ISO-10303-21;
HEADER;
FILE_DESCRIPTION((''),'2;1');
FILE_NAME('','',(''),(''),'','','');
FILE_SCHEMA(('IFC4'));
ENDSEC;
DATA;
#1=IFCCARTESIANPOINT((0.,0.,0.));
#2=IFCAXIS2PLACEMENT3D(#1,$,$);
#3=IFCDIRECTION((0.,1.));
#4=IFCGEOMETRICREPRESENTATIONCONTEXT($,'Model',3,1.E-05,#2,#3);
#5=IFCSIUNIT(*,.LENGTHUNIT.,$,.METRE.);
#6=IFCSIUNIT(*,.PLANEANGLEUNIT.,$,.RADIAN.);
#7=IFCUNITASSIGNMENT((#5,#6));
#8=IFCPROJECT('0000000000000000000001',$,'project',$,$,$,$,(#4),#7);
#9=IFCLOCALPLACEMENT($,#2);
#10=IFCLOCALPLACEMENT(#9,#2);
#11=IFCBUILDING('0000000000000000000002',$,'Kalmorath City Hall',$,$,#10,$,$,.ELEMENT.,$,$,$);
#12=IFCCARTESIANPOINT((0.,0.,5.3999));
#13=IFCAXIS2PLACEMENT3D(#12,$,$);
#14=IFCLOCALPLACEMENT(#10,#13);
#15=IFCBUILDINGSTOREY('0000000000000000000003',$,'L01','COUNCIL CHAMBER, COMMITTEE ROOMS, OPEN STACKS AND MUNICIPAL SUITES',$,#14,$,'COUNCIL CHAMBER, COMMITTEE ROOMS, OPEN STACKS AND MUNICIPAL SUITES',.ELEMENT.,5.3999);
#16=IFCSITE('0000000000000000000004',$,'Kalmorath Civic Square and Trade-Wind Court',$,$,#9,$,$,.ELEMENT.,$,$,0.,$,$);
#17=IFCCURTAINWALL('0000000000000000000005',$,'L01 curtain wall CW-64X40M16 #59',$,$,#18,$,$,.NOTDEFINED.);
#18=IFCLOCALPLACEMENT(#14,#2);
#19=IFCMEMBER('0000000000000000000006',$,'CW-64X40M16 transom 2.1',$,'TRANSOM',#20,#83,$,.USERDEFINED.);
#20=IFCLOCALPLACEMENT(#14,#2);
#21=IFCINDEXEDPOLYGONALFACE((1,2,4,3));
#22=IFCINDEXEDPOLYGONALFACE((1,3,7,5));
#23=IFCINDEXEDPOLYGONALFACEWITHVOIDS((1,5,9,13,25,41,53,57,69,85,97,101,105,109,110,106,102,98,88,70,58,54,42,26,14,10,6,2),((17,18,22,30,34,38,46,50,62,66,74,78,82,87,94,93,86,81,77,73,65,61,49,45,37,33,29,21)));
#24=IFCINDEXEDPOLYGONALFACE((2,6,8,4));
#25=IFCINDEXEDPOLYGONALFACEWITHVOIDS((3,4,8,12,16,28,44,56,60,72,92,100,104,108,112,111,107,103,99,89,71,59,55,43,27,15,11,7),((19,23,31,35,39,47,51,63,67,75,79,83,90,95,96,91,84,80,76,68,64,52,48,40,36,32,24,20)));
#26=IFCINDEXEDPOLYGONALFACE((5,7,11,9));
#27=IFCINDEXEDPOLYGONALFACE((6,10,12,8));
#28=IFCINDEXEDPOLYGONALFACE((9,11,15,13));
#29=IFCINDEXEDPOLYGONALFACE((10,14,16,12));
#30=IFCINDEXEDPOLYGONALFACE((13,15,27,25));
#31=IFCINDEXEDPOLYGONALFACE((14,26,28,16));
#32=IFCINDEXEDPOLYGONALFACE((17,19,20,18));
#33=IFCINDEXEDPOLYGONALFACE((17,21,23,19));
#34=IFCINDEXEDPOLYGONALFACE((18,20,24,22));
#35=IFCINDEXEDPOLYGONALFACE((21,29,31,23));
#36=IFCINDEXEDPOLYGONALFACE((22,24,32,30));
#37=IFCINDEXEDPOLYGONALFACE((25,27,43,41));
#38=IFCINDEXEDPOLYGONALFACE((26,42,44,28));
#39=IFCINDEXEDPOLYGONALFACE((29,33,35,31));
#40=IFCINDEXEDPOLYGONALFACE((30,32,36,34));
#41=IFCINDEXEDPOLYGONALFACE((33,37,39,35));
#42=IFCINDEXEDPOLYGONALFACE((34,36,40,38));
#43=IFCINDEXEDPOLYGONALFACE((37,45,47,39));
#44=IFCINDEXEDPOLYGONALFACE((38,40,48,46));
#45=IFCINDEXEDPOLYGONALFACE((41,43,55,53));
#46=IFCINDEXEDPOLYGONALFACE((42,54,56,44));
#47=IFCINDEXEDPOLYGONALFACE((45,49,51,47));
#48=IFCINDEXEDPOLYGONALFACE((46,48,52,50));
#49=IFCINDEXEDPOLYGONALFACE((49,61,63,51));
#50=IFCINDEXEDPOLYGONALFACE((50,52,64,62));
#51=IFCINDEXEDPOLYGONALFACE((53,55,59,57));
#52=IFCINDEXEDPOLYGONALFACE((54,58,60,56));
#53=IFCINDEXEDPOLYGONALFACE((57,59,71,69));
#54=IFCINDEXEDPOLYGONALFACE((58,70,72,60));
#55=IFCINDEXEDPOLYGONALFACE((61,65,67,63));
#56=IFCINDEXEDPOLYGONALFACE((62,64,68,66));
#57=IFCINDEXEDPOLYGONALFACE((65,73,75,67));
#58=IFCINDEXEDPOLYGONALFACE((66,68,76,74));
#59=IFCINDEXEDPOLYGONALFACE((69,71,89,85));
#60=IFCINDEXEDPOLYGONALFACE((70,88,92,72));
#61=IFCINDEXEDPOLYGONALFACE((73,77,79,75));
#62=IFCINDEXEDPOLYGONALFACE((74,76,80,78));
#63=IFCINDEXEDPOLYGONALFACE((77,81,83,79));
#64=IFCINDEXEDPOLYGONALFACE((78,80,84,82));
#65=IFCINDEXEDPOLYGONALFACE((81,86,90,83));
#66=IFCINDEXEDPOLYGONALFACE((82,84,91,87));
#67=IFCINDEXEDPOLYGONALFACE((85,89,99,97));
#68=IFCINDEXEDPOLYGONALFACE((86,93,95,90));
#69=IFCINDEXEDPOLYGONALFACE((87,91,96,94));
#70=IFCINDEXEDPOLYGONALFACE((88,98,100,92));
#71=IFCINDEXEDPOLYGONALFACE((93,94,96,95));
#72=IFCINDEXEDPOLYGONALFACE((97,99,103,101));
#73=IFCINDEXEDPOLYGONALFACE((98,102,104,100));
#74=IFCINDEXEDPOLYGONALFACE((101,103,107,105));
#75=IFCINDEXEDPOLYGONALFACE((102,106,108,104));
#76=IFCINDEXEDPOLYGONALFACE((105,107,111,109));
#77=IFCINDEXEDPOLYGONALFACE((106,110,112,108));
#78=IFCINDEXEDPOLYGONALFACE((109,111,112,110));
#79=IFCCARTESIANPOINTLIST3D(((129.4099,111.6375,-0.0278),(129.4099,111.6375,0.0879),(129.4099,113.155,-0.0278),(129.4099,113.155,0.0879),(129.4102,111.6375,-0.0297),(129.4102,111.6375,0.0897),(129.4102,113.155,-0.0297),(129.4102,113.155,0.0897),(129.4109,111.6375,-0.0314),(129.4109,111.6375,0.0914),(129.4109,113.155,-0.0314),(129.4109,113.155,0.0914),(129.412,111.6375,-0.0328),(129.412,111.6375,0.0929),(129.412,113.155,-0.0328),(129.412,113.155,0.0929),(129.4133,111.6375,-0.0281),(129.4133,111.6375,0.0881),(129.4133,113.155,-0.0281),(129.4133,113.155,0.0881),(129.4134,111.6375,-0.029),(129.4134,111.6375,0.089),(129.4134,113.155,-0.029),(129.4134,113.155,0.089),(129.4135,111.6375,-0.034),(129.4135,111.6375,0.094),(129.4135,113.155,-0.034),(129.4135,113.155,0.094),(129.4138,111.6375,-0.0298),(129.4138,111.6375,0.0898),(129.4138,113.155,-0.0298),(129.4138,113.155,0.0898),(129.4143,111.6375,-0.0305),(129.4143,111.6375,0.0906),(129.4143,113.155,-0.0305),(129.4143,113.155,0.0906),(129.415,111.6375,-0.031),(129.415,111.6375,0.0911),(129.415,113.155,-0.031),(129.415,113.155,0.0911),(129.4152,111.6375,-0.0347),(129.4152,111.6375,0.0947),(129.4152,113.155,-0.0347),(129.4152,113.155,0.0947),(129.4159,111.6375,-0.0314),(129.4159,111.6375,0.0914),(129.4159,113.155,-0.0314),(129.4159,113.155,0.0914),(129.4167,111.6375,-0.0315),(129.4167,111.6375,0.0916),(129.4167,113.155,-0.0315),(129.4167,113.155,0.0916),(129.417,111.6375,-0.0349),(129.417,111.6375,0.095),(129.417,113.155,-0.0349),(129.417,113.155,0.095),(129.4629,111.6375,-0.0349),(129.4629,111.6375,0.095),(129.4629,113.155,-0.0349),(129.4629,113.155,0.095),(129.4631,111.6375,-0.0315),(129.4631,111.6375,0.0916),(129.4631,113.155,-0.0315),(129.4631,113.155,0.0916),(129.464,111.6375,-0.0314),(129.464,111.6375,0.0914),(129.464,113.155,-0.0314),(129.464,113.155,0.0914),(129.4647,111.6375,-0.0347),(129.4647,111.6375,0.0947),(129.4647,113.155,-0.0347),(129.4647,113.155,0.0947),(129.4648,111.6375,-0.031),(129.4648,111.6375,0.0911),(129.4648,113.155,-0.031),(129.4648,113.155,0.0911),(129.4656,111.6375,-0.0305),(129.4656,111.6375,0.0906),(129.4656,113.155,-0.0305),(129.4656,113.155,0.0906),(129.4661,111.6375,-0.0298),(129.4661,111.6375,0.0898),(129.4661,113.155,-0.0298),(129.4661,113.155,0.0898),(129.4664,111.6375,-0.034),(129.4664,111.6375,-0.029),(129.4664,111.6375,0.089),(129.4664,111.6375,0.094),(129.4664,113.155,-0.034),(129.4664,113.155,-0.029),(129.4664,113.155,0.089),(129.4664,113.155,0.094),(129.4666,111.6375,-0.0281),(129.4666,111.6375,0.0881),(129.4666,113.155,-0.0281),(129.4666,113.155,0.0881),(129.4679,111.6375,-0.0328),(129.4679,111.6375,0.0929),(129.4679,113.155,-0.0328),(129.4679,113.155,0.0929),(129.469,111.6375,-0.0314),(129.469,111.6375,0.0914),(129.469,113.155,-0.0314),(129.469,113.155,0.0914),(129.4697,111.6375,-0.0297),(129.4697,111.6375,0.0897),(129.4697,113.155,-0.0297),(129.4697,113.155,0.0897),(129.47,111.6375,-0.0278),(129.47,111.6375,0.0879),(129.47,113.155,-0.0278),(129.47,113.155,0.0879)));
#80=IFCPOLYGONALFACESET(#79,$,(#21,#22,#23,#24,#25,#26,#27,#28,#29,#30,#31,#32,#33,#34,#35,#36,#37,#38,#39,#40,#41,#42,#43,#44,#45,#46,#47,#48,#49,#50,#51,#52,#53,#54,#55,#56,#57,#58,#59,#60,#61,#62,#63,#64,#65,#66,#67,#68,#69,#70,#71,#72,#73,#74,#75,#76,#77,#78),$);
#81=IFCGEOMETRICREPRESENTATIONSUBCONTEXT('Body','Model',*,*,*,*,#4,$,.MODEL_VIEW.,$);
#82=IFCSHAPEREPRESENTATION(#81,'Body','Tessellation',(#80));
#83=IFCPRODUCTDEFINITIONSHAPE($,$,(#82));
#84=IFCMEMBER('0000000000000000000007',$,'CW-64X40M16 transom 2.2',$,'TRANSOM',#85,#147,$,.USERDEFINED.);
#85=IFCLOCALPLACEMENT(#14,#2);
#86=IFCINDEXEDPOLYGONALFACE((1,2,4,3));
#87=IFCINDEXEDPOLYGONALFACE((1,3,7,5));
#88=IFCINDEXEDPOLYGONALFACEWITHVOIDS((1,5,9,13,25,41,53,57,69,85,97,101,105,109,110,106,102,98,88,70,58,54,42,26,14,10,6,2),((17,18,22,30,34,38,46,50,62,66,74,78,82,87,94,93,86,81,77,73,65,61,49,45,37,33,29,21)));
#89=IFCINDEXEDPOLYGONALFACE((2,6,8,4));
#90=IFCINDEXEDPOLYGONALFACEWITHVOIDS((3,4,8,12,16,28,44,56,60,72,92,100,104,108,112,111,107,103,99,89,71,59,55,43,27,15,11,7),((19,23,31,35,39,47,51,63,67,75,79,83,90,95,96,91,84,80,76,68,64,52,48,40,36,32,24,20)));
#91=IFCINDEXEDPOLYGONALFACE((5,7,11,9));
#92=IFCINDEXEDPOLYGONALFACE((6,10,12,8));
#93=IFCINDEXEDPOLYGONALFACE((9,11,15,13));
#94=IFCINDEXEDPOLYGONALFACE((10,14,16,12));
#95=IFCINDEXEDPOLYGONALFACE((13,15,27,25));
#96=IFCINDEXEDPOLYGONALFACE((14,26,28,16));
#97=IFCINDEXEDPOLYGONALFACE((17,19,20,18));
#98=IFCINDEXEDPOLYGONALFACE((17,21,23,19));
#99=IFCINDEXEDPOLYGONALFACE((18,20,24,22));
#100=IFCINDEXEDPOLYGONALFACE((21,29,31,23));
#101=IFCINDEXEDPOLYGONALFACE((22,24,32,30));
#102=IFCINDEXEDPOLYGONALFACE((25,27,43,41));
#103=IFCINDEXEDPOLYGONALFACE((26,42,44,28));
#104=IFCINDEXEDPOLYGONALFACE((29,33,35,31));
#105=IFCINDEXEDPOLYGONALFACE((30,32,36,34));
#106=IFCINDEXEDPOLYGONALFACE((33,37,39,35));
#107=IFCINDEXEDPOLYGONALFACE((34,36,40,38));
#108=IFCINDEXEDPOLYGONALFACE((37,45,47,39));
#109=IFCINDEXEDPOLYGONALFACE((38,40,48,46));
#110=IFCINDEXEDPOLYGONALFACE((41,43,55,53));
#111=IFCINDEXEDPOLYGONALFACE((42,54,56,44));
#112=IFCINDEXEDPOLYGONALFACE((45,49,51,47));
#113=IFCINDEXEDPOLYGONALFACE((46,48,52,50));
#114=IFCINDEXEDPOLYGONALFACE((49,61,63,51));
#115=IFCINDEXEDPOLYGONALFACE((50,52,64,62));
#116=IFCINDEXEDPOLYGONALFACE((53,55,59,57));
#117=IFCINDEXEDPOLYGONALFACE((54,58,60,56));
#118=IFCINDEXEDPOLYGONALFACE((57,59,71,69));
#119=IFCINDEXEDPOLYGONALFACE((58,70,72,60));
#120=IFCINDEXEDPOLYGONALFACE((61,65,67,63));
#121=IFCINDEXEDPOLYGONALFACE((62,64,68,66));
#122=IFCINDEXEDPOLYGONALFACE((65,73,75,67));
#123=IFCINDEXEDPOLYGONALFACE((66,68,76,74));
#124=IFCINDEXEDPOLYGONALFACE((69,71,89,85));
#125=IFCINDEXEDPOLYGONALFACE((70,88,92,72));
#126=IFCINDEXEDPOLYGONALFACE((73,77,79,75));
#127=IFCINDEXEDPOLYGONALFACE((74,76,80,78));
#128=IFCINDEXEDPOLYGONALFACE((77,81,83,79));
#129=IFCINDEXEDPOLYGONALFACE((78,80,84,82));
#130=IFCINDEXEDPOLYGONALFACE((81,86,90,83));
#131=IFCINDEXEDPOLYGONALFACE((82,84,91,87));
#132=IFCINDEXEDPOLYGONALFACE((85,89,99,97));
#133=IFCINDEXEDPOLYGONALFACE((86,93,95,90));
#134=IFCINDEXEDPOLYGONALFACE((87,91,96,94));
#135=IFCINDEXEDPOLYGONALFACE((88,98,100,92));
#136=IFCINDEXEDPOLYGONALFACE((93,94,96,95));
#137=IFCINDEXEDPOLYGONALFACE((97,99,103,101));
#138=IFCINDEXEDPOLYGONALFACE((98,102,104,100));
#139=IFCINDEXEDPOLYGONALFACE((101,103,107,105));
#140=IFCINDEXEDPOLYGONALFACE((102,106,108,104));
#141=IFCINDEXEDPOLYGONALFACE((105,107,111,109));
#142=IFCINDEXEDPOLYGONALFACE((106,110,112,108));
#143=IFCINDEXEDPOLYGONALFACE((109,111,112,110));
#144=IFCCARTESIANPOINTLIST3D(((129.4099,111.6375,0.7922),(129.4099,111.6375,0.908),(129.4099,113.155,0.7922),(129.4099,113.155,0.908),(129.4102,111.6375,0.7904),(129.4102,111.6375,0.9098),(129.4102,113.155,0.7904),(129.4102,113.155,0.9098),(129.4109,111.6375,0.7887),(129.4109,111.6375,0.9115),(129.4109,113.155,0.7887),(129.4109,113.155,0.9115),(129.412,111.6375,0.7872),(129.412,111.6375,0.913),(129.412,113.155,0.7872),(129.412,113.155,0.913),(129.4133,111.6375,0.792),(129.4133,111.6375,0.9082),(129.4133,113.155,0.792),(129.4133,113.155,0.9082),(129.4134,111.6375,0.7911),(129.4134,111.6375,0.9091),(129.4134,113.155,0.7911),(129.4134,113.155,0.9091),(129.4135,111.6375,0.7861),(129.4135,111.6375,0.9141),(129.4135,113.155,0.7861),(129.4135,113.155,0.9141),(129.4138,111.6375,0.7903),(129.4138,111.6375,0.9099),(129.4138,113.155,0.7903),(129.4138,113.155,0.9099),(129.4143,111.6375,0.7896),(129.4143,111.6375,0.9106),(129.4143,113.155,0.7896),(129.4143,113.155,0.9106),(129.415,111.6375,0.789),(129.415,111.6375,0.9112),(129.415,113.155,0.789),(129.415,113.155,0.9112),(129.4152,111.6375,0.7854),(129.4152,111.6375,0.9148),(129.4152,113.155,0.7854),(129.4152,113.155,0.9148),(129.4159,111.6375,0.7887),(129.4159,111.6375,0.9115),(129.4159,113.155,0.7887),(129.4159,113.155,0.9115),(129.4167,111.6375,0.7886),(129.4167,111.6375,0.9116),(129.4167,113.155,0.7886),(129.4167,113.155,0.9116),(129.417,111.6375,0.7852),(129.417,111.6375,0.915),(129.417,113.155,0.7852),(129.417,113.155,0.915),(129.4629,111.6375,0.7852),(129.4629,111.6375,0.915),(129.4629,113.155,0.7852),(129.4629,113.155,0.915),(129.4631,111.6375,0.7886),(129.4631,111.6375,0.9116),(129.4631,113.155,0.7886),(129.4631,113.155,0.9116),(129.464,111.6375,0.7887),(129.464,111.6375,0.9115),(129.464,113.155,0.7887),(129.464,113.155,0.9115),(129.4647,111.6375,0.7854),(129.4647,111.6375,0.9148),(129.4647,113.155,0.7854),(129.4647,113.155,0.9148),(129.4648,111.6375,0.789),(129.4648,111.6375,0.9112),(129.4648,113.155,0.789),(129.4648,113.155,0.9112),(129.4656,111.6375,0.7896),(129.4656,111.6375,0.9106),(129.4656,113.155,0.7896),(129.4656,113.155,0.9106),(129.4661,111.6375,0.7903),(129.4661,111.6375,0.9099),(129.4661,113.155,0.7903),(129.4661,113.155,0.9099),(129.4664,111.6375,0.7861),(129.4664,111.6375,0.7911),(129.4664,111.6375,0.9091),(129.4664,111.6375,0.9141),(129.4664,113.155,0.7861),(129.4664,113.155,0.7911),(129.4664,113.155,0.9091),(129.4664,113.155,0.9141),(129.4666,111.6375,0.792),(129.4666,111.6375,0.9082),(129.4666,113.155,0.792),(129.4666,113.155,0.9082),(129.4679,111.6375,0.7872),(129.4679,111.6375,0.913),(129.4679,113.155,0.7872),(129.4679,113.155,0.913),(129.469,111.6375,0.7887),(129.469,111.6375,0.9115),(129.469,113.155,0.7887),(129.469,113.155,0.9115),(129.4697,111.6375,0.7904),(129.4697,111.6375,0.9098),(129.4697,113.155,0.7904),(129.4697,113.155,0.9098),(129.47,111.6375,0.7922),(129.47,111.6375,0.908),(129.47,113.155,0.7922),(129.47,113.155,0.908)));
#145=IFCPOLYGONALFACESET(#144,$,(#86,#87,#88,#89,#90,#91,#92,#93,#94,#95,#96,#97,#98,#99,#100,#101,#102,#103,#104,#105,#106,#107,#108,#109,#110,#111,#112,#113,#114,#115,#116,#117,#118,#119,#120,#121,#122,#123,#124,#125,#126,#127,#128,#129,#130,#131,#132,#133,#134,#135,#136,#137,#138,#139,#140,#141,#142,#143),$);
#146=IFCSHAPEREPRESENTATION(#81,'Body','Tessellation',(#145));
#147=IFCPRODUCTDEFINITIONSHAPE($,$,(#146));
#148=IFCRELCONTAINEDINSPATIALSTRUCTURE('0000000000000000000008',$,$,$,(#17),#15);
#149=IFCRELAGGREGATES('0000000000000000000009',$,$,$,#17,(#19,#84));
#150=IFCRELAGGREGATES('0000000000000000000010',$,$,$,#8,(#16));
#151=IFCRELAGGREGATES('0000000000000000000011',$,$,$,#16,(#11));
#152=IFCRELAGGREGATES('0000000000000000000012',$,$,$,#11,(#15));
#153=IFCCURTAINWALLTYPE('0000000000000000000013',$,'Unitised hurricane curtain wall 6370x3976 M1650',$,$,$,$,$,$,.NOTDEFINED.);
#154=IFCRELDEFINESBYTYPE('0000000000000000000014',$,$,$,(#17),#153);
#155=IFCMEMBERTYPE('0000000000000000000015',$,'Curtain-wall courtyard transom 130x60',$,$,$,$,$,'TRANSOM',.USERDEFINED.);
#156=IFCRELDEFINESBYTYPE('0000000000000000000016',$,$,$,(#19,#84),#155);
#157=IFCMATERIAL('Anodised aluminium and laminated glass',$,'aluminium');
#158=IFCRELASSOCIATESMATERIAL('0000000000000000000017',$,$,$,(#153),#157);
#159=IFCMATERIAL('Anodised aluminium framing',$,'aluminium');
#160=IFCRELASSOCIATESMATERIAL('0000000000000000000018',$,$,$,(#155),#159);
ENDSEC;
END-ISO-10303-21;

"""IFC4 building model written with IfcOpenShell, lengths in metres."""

from ifc_helpers import new_model, si_unit, direction, frame, origin, origin_2d, place, context, subcontext, project, spatial, hollow_rectangle, extrude, material, material_profile, profile_set, type_object, element, aggregate, save


model = new_model("IFC4")

# Units and contexts
model_context = context("Model", 3, precision=1e-05, world=origin(), true_north=direction((0.0, 1.0)))
body_context = subcontext(model_context, "Body", "Model", "MODEL_VIEW")
ifc_project = project(units=[si_unit("LENGTHUNIT", "METRE"), si_unit("PLANEANGLEUNIT", "RADIAN")], contexts=[model_context])

# Site, building, storey
site_placement = place(None, origin())
site = spatial("IfcSite", under=ifc_project, at=site_placement, Name="Kalmorath Civic Square and Trade-Wind Court", CompositionType="ELEMENT", RefElevation=0.0)
building_placement = place(site_placement, origin())
building = spatial("IfcBuilding", under=site, at=building_placement, Name="Kalmorath City Hall", CompositionType="ELEMENT")
storey_placement = place(building_placement, frame((0.0, 0.0, 5.3999)))
storey = spatial("IfcBuildingStorey", under=building, at=storey_placement, Name="L01", Description="COUNCIL CHAMBER, COMMITTEE ROOMS, OPEN STACKS AND MUNICIPAL SUITES", LongName="COUNCIL CHAMBER, COMMITTEE ROOMS, OPEN STACKS AND MUNICIPAL SUITES", CompositionType="ELEMENT", Elevation=5.3999)

# Curtain wall, members
ifc_material_1 = material(Name="Anodised aluminium and laminated glass", Category="aluminium")
curtain_wall_type = type_object("IfcCurtainWallType", Name="Unitised hurricane curtain wall 6370x3976 M1650", PredefinedType="NOTDEFINED", material=ifc_material_1)
curtain_wall_placement = place(storey_placement, origin())
curtain_wall = element("IfcCurtainWall", 1, at=curtain_wall_placement, inside=storey, type_object=curtain_wall_type, Name="L01 curtain wall CW-64X40M16 #59", PredefinedType="NOTDEFINED")
ifc_material_2 = material(Name="Anodised aluminium framing", Category="aluminium")
ifc_material_profile_1 = material_profile(ifc_material_2, hollow_rectangle(XDim=0.0601, YDim=0.1299, WallThickness=0.0034, InnerFilletRadius=0.0034, OuterFilletRadius=0.0071, at=origin_2d()), Name="ALU-TRN-130X60X3.5")
ifc_profile_set_1 = profile_set([ifc_material_profile_1], Name="Anodised aluminium framing")
member_type_1 = type_object("IfcMemberType", Name="Curtain-wall courtyard transom 130x60", ElementType="TRANSOM", PredefinedType="USERDEFINED", material=ifc_profile_set_1)
member_1_placement = place(storey_placement, frame((129.4399, 113.155, 0.03), z_axis=(0.0, -1.0, 0.0), x_axis=(1.0, 0.0, 0.0)))
member_1 = element("IfcMember", 2, at=member_1_placement, type_object=member_type_1, Name="CW-64X40M16 transom 2.1", ObjectType="TRANSOM", PredefinedType="USERDEFINED", context=body_context, shape_type="SweptSolid", body=[
    extrude(hollow_rectangle(XDim=0.0601, YDim=0.1299, WallThickness=0.0034, InnerFilletRadius=0.0034, OuterFilletRadius=0.0071, at=origin_2d()), origin(), (0.0, 0.0, 1.0), 1.5176),
])
member_2_placement = place(storey_placement, frame((129.4399, 113.155, 0.8501), z_axis=(0.0, -1.0, 0.0), x_axis=(1.0, 0.0, 0.0)))
member_2 = element("IfcMember", 3, at=member_2_placement, type_object=member_type_1, Name="CW-64X40M16 transom 2.2", ObjectType="TRANSOM", PredefinedType="USERDEFINED", context=body_context, shape_type="SweptSolid", body=[
    extrude(hollow_rectangle(XDim=0.0601, YDim=0.1299, WallThickness=0.0034, InnerFilletRadius=0.0034, OuterFilletRadius=0.0071, at=origin_2d()), origin(), (0.0, 0.0, 1.0), 1.5176),
])

aggregate(curtain_wall, [member_1, member_2])

save(model, "model.ifc")
